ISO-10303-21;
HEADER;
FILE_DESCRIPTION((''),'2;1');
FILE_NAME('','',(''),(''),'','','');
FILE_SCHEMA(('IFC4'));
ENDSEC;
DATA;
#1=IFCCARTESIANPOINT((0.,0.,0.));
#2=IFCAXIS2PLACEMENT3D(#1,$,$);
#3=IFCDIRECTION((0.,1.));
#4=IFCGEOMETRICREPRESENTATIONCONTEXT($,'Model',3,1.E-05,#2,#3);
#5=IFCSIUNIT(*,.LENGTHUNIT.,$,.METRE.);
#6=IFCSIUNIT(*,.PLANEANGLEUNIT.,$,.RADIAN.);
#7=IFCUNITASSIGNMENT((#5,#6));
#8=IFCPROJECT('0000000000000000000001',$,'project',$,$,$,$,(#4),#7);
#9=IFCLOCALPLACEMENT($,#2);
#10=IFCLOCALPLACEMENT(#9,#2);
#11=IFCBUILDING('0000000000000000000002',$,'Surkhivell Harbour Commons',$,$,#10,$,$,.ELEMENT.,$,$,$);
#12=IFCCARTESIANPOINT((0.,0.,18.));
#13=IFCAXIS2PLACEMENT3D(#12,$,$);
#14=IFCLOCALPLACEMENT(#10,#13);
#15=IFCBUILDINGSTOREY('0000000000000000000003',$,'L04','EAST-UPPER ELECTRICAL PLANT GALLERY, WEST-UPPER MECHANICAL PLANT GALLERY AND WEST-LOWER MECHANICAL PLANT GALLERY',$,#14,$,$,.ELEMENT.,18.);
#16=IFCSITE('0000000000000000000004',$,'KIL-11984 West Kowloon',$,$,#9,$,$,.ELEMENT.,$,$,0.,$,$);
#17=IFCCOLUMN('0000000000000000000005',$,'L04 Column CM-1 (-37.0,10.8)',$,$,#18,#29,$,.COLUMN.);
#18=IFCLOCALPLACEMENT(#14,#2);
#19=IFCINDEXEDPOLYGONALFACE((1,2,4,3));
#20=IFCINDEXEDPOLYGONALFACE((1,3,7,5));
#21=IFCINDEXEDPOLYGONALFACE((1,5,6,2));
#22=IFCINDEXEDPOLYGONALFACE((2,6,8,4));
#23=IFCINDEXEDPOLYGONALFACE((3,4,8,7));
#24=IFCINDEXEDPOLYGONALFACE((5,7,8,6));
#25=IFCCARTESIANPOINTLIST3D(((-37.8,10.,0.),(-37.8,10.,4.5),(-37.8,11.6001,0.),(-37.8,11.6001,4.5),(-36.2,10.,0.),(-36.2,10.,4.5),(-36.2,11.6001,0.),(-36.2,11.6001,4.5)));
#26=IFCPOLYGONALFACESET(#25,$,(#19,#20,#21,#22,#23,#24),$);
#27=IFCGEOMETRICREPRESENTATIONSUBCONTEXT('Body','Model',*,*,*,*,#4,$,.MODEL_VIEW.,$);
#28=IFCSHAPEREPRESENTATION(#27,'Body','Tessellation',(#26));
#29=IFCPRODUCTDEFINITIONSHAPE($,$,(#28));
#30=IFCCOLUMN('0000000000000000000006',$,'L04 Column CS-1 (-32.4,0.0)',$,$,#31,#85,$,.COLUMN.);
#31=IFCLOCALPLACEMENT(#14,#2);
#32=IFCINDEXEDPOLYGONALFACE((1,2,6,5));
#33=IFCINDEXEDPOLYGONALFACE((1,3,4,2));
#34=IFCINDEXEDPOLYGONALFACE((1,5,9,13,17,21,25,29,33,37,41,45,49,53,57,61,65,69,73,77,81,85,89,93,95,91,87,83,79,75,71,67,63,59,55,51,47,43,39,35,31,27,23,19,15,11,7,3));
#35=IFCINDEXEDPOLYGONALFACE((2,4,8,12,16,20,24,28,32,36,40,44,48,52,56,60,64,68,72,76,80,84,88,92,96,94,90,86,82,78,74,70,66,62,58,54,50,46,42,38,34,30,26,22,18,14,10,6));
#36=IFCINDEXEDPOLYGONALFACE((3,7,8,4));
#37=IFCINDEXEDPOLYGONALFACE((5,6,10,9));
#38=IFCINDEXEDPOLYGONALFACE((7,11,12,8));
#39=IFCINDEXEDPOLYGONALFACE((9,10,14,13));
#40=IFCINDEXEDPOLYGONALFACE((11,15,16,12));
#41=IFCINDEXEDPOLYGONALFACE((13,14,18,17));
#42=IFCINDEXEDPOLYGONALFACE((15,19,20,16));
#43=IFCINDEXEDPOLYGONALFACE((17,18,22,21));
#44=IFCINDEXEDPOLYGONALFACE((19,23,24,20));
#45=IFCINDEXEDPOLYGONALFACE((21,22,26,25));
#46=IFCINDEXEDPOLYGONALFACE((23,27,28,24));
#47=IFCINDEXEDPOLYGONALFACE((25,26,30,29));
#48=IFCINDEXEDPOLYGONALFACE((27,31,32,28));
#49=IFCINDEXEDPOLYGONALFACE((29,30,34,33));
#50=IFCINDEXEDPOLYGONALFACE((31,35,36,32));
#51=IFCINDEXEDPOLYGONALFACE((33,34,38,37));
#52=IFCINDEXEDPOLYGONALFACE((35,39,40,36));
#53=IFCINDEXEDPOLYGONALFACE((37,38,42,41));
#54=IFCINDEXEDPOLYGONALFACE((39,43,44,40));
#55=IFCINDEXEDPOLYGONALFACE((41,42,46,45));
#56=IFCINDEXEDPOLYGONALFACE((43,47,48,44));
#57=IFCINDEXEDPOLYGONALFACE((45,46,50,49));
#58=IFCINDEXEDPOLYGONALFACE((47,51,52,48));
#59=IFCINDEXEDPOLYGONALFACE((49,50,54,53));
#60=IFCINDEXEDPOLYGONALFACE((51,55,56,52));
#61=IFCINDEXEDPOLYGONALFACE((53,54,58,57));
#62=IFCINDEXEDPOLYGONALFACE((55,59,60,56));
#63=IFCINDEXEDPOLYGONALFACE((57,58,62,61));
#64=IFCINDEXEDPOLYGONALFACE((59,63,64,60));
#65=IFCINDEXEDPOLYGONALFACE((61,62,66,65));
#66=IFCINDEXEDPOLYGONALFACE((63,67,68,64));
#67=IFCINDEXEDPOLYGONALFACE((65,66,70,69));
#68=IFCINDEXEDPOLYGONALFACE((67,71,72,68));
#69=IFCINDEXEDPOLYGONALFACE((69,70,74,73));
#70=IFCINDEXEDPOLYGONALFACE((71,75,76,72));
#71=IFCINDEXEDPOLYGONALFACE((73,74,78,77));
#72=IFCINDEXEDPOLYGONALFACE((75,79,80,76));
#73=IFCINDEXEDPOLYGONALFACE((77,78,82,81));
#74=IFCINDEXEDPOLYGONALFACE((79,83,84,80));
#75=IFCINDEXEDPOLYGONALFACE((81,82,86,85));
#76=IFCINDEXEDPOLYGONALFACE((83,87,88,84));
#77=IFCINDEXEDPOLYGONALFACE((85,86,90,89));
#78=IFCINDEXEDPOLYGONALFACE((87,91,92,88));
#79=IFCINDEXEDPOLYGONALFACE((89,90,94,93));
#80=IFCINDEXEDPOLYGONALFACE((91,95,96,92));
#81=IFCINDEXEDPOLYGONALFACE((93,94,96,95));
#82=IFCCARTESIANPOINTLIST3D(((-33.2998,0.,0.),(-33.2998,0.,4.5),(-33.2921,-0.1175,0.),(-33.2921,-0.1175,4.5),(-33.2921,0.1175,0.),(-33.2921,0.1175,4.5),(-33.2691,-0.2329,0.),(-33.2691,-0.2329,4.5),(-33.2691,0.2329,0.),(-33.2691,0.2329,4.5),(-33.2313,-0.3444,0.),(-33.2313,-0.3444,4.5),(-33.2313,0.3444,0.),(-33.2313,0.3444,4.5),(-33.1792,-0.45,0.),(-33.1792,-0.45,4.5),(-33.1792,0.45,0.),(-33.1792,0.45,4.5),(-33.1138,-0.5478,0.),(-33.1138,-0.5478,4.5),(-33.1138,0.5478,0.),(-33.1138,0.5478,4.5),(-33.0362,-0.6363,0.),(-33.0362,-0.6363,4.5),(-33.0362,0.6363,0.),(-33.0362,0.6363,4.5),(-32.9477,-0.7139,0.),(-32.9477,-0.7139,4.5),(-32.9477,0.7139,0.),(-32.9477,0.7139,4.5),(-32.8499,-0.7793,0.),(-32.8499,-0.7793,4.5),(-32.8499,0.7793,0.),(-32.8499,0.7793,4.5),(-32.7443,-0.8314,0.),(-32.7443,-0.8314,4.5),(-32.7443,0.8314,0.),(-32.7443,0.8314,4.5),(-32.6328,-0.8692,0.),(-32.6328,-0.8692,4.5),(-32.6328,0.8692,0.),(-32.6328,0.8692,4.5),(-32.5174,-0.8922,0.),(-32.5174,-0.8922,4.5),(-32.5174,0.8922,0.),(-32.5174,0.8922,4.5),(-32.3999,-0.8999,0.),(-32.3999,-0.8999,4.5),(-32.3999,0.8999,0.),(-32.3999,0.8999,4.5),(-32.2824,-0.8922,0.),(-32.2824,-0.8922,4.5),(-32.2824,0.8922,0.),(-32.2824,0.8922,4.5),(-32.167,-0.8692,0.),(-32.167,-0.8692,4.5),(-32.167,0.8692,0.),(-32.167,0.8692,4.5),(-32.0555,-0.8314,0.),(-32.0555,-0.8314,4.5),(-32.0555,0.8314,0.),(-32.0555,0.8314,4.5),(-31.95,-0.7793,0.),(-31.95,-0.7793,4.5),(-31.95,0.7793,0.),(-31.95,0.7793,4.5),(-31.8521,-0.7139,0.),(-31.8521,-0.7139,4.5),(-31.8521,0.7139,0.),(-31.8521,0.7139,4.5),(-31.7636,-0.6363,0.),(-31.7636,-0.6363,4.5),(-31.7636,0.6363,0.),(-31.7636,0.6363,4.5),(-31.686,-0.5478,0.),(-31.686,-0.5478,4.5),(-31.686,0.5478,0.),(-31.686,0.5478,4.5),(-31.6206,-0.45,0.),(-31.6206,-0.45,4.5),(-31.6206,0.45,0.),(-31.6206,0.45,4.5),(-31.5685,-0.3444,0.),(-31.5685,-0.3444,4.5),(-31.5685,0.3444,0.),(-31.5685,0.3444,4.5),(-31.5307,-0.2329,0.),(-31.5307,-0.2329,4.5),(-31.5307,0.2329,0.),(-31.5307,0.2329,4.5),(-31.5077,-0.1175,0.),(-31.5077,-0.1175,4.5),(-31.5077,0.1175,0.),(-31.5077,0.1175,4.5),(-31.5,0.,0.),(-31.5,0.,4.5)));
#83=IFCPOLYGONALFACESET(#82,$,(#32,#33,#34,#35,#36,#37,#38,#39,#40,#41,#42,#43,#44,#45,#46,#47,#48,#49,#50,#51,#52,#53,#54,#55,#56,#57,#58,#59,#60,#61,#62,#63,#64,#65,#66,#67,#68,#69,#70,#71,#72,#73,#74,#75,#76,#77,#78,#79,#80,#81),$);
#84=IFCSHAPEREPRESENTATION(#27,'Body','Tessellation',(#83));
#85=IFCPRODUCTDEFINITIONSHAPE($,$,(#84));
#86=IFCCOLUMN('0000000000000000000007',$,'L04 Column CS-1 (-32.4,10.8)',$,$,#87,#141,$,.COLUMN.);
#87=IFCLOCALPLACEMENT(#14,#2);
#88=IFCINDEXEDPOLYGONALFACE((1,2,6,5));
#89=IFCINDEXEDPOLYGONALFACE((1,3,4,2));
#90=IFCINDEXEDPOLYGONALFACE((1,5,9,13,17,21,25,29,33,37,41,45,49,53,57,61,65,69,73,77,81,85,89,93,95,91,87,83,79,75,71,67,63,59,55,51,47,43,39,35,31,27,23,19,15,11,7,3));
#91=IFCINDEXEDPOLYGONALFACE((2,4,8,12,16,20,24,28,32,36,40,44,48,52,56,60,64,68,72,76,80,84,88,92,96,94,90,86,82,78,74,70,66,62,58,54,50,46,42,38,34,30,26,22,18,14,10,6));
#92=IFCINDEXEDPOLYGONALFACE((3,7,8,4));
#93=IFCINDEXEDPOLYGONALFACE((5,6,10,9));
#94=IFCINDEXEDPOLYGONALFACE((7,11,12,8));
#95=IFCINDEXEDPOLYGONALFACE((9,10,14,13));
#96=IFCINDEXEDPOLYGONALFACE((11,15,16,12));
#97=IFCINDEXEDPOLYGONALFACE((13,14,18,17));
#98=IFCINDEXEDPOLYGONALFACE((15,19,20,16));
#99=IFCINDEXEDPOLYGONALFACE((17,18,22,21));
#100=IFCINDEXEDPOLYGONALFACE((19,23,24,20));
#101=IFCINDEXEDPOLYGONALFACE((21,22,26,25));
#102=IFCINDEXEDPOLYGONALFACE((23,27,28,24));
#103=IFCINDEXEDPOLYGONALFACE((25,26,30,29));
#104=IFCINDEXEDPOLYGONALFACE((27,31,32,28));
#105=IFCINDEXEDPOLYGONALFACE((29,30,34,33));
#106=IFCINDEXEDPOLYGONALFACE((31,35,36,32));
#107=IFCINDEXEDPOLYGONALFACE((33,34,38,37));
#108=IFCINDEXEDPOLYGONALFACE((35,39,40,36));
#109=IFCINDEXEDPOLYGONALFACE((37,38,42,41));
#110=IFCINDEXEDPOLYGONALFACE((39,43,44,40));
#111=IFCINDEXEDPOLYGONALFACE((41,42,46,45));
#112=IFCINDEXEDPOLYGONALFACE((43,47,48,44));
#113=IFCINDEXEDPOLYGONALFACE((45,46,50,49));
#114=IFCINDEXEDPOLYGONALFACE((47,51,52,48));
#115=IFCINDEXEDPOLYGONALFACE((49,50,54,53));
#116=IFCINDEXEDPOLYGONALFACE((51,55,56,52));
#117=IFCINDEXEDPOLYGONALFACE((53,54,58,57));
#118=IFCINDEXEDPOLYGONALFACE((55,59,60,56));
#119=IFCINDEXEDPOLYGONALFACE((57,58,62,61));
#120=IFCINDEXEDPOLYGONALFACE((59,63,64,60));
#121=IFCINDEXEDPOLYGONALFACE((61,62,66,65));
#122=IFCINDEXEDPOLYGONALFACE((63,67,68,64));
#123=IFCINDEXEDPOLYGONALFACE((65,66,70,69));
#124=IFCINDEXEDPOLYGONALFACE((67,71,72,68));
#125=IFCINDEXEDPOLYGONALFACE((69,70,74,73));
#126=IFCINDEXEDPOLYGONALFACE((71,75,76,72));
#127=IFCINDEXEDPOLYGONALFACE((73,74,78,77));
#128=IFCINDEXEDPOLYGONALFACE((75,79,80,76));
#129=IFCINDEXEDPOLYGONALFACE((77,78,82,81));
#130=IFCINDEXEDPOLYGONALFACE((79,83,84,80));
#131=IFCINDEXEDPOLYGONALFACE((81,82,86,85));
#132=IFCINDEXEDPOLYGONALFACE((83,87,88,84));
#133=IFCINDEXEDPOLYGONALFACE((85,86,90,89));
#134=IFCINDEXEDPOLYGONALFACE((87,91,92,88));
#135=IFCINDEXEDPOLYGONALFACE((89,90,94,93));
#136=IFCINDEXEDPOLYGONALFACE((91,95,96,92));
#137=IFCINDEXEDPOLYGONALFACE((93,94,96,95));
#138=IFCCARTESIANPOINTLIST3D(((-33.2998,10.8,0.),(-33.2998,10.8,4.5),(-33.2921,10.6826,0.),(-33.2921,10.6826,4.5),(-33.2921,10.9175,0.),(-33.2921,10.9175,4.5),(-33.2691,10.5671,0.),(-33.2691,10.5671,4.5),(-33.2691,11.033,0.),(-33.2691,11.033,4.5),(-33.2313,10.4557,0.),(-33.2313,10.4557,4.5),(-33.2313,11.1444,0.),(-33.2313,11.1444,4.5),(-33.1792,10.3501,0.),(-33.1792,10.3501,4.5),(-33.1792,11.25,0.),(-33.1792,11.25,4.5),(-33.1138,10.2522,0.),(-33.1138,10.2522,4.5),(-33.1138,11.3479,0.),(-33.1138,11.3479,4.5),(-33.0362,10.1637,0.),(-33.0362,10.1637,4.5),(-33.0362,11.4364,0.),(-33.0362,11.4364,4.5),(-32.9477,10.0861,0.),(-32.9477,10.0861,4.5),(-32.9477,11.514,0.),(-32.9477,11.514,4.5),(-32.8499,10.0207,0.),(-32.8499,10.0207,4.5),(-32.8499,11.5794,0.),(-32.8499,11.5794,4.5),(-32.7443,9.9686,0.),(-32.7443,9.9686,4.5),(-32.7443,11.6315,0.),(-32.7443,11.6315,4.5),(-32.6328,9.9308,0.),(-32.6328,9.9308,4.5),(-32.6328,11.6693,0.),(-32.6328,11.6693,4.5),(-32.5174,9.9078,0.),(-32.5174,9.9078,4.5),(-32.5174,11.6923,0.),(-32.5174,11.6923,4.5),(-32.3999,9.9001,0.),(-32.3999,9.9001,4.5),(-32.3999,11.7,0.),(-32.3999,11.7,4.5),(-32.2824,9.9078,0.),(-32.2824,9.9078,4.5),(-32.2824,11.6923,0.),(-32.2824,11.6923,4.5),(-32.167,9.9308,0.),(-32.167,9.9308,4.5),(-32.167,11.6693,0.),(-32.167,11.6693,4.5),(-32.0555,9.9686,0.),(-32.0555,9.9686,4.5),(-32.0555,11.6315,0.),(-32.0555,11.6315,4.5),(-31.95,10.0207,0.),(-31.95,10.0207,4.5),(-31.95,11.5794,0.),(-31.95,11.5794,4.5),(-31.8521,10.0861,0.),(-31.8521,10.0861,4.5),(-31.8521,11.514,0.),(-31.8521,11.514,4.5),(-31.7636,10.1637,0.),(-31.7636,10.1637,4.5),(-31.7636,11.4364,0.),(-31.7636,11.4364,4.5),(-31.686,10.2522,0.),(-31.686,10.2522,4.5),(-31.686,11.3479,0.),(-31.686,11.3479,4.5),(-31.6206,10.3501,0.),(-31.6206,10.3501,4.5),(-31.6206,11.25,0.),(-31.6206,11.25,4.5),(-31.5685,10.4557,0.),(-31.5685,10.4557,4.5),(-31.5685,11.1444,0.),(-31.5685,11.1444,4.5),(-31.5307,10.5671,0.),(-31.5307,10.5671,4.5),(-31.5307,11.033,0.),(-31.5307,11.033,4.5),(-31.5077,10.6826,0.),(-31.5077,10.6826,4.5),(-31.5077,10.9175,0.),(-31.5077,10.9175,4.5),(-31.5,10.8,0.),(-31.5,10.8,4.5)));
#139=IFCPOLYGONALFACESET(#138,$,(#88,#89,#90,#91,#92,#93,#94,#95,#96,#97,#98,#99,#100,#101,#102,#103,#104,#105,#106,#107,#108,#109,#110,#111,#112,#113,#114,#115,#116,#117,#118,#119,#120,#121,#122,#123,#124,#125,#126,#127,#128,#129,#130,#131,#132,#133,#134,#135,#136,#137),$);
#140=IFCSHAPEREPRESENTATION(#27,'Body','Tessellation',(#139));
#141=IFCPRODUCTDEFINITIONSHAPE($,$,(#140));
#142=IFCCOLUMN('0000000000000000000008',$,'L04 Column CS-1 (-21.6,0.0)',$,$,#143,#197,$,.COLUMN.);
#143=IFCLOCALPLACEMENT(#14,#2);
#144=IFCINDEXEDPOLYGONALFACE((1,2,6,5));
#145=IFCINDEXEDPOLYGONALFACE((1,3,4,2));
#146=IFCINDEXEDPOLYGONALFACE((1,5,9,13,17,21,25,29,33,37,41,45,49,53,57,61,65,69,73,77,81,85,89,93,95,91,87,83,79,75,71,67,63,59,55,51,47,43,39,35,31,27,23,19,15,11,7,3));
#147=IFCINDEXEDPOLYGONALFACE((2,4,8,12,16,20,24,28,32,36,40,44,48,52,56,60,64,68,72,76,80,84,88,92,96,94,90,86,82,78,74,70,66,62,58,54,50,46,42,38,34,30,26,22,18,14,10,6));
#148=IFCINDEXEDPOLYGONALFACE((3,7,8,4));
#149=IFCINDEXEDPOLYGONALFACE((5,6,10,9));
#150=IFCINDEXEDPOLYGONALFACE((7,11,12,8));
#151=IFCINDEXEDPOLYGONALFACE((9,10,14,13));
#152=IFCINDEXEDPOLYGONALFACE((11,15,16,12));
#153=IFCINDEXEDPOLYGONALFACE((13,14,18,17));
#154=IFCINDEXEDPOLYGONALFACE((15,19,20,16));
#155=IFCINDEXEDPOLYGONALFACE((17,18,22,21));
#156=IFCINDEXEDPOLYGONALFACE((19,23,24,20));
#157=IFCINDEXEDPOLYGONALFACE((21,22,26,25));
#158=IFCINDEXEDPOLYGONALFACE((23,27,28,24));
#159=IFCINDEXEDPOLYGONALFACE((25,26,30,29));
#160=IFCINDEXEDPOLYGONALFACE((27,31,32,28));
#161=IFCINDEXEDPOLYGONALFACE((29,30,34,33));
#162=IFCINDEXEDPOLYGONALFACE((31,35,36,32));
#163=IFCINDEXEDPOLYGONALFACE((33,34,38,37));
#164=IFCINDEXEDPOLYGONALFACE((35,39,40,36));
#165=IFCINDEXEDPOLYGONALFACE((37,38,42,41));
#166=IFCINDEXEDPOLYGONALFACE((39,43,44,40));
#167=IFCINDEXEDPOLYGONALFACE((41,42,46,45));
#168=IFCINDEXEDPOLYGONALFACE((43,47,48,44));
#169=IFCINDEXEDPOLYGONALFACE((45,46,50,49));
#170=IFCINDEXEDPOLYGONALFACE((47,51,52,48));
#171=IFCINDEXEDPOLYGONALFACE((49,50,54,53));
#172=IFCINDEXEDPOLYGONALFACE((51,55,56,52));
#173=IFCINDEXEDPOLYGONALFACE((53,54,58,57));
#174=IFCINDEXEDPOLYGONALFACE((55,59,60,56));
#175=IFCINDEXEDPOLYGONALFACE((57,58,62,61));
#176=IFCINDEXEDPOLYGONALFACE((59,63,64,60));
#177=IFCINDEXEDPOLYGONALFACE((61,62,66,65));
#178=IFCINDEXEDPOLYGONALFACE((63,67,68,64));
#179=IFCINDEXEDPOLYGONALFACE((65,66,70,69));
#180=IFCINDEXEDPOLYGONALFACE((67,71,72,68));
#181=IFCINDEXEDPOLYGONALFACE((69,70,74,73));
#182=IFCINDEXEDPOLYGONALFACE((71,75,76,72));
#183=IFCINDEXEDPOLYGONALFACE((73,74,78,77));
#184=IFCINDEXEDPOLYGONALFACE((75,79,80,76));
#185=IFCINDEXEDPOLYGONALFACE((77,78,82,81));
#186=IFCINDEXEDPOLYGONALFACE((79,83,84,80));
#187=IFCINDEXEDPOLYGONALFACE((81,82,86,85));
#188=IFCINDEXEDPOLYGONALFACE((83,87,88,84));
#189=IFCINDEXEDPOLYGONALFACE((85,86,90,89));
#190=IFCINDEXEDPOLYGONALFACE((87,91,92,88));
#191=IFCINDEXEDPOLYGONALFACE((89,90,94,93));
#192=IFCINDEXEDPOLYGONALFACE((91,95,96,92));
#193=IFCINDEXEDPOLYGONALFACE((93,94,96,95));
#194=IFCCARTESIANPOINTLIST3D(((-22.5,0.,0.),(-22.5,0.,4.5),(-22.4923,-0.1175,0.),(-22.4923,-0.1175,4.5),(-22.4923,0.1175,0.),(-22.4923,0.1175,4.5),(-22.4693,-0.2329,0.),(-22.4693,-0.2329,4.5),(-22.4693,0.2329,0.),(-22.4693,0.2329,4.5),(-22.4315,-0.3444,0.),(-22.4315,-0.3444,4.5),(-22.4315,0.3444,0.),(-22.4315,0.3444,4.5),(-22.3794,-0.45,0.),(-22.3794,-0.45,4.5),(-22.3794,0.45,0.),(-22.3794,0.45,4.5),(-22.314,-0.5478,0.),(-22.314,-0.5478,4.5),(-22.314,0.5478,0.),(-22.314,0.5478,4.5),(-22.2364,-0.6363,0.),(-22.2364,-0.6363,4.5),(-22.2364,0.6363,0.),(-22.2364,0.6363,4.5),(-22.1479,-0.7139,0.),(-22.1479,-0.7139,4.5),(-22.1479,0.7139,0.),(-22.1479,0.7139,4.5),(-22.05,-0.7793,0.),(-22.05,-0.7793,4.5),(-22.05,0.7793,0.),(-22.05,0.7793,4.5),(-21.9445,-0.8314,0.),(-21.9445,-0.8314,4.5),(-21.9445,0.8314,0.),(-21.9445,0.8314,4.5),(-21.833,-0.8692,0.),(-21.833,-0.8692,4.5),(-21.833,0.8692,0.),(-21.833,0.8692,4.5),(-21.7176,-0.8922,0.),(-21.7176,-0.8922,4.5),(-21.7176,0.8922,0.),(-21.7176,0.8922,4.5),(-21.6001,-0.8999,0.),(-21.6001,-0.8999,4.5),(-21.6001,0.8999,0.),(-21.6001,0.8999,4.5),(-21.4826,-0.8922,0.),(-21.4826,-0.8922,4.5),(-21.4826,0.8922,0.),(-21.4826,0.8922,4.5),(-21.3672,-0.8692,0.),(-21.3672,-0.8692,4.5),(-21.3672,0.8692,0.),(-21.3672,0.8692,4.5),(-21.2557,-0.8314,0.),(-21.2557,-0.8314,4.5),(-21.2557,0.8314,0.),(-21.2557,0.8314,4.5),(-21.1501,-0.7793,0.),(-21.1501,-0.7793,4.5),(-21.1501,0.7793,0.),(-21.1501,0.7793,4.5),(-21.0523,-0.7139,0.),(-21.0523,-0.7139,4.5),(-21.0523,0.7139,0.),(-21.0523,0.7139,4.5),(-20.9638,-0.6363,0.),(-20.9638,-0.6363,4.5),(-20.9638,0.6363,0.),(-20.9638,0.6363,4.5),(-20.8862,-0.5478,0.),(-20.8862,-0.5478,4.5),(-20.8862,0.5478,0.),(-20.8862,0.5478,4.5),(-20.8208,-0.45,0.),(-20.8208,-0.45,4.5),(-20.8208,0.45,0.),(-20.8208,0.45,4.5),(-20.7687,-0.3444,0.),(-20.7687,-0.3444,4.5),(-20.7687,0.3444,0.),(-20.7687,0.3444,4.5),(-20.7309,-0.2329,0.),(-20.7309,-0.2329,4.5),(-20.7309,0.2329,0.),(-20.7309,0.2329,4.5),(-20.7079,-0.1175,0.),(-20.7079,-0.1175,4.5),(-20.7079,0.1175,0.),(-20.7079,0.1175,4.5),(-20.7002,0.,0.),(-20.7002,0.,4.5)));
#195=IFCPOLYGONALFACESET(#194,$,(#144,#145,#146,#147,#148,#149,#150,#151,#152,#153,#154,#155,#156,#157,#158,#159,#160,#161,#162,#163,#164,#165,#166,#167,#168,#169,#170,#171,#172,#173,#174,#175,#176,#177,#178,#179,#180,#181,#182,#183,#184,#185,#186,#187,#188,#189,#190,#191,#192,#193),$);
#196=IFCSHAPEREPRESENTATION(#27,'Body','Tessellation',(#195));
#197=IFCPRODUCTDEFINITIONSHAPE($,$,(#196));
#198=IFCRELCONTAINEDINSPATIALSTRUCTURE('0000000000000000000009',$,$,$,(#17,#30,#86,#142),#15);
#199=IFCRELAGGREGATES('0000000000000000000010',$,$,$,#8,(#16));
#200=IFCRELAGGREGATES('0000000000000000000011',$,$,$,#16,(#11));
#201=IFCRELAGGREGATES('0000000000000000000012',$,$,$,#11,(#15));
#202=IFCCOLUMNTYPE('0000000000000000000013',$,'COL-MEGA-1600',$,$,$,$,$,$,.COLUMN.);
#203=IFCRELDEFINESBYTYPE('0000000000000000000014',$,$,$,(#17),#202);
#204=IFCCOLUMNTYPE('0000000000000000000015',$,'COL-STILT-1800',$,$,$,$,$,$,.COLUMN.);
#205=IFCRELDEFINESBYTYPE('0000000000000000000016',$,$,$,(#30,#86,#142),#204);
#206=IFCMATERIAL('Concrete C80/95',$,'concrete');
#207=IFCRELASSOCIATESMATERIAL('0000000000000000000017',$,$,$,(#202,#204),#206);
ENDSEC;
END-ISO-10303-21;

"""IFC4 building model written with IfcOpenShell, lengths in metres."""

from ifc_helpers import new_model, si_unit, direction, frame, origin, origin_2d, place, context, subcontext, project, spatial, rectangle, circle, extrude, material, material_profile, profile_set, type_object, element, save


model = new_model("IFC4")

# Units and contexts
model_context = context("Model", 3, precision=1e-05, world=origin(), true_north=direction((0.0, 1.0)))
body_context = subcontext(model_context, "Body", "Model", "MODEL_VIEW")
ifc_project = project(units=[si_unit("LENGTHUNIT", "METRE"), si_unit("PLANEANGLEUNIT", "RADIAN")], contexts=[model_context])

# Site, building, storey
site_placement = place(None, origin())
site = spatial("IfcSite", under=ifc_project, at=site_placement, Name="KIL-11984 West Kowloon", CompositionType="ELEMENT", RefElevation=0.0)
building_placement = place(site_placement, origin())
building = spatial("IfcBuilding", under=site, at=building_placement, Name="Surkhivell Harbour Commons", CompositionType="ELEMENT")
storey_placement = place(building_placement, frame((0.0, 0.0, 18.0)))
storey = spatial("IfcBuildingStorey", under=building, at=storey_placement, Name="L04", Description="EAST-UPPER ELECTRICAL PLANT GALLERY, WEST-UPPER MECHANICAL PLANT GALLERY AND WEST-LOWER MECHANICAL PLANT GALLERY", CompositionType="ELEMENT", Elevation=18.0)

# Columns
ifc_material_1 = material(Name="Concrete C80/95", Category="concrete")
ifc_material_profile_1 = material_profile(ifc_material_1, rectangle(XDim=1.6001, YDim=1.6001, at=origin_2d()), Name="RC-COL-1600x1600")
ifc_profile_set_1 = profile_set([ifc_material_profile_1], Name="Concrete C80/95")
column_type_1 = type_object("IfcColumnType", Name="COL-MEGA-1600", PredefinedType="COLUMN", material=ifc_profile_set_1)
column_placement = place(storey_placement, frame((-37.0, 10.8, 0.0), z_axis=(0.0, 0.0, 1.0), x_axis=(1.0, 0.0, 0.0)))
element("IfcColumn", 1, at=column_placement, inside=storey, type_object=column_type_1, Name="L04 Column CM-1 (-37.0,10.8)", PredefinedType="COLUMN", context=body_context, shape_type="SweptSolid", body=[
    extrude(rectangle(XDim=1.6001, YDim=1.6001, at=origin_2d()), origin(), (0.0, 0.0, 1.0), 4.5),
])
ifc_material_profile_2 = material_profile(ifc_material_1, circle(Radius=0.8999, at=origin_2d()), Name="RC-CIRC-1800")
ifc_profile_set_2 = profile_set([ifc_material_profile_2], Name="Concrete C80/95")
column_type_2 = type_object("IfcColumnType", Name="COL-STILT-1800", PredefinedType="COLUMN", material=ifc_profile_set_2)
for number, where, z_axis, x_axis, name in (
    (2, (-32.3999, 0.0, 0.0), (0.0, 0.0, 1.0), (1.0, 0.0, 0.0), "L04 Column CS-1 (-32.4,0.0)"),
    (3, (-32.3999, 10.8, 0.0), (0.0, 0.0, 1.0), (1.0, 0.0, 0.0), "L04 Column CS-1 (-32.4,10.8)"),
    (4, (-21.6001, 0.0, 0.0), (0.0, 0.0, 1.0), (1.0, 0.0, 0.0), "L04 Column CS-1 (-21.6,0.0)"),
):
    element("IfcColumn", number, at=place(storey_placement, frame(where, z_axis=z_axis, x_axis=x_axis)), inside=storey, type_object=column_type_2, Name=name, PredefinedType="COLUMN", context=body_context, shape_type="SweptSolid", body=[
        extrude(circle(Radius=0.8999, at=origin_2d()), origin(), (0.0, 0.0, 1.0), 4.5),
    ])

save(model, "model.ifc")
